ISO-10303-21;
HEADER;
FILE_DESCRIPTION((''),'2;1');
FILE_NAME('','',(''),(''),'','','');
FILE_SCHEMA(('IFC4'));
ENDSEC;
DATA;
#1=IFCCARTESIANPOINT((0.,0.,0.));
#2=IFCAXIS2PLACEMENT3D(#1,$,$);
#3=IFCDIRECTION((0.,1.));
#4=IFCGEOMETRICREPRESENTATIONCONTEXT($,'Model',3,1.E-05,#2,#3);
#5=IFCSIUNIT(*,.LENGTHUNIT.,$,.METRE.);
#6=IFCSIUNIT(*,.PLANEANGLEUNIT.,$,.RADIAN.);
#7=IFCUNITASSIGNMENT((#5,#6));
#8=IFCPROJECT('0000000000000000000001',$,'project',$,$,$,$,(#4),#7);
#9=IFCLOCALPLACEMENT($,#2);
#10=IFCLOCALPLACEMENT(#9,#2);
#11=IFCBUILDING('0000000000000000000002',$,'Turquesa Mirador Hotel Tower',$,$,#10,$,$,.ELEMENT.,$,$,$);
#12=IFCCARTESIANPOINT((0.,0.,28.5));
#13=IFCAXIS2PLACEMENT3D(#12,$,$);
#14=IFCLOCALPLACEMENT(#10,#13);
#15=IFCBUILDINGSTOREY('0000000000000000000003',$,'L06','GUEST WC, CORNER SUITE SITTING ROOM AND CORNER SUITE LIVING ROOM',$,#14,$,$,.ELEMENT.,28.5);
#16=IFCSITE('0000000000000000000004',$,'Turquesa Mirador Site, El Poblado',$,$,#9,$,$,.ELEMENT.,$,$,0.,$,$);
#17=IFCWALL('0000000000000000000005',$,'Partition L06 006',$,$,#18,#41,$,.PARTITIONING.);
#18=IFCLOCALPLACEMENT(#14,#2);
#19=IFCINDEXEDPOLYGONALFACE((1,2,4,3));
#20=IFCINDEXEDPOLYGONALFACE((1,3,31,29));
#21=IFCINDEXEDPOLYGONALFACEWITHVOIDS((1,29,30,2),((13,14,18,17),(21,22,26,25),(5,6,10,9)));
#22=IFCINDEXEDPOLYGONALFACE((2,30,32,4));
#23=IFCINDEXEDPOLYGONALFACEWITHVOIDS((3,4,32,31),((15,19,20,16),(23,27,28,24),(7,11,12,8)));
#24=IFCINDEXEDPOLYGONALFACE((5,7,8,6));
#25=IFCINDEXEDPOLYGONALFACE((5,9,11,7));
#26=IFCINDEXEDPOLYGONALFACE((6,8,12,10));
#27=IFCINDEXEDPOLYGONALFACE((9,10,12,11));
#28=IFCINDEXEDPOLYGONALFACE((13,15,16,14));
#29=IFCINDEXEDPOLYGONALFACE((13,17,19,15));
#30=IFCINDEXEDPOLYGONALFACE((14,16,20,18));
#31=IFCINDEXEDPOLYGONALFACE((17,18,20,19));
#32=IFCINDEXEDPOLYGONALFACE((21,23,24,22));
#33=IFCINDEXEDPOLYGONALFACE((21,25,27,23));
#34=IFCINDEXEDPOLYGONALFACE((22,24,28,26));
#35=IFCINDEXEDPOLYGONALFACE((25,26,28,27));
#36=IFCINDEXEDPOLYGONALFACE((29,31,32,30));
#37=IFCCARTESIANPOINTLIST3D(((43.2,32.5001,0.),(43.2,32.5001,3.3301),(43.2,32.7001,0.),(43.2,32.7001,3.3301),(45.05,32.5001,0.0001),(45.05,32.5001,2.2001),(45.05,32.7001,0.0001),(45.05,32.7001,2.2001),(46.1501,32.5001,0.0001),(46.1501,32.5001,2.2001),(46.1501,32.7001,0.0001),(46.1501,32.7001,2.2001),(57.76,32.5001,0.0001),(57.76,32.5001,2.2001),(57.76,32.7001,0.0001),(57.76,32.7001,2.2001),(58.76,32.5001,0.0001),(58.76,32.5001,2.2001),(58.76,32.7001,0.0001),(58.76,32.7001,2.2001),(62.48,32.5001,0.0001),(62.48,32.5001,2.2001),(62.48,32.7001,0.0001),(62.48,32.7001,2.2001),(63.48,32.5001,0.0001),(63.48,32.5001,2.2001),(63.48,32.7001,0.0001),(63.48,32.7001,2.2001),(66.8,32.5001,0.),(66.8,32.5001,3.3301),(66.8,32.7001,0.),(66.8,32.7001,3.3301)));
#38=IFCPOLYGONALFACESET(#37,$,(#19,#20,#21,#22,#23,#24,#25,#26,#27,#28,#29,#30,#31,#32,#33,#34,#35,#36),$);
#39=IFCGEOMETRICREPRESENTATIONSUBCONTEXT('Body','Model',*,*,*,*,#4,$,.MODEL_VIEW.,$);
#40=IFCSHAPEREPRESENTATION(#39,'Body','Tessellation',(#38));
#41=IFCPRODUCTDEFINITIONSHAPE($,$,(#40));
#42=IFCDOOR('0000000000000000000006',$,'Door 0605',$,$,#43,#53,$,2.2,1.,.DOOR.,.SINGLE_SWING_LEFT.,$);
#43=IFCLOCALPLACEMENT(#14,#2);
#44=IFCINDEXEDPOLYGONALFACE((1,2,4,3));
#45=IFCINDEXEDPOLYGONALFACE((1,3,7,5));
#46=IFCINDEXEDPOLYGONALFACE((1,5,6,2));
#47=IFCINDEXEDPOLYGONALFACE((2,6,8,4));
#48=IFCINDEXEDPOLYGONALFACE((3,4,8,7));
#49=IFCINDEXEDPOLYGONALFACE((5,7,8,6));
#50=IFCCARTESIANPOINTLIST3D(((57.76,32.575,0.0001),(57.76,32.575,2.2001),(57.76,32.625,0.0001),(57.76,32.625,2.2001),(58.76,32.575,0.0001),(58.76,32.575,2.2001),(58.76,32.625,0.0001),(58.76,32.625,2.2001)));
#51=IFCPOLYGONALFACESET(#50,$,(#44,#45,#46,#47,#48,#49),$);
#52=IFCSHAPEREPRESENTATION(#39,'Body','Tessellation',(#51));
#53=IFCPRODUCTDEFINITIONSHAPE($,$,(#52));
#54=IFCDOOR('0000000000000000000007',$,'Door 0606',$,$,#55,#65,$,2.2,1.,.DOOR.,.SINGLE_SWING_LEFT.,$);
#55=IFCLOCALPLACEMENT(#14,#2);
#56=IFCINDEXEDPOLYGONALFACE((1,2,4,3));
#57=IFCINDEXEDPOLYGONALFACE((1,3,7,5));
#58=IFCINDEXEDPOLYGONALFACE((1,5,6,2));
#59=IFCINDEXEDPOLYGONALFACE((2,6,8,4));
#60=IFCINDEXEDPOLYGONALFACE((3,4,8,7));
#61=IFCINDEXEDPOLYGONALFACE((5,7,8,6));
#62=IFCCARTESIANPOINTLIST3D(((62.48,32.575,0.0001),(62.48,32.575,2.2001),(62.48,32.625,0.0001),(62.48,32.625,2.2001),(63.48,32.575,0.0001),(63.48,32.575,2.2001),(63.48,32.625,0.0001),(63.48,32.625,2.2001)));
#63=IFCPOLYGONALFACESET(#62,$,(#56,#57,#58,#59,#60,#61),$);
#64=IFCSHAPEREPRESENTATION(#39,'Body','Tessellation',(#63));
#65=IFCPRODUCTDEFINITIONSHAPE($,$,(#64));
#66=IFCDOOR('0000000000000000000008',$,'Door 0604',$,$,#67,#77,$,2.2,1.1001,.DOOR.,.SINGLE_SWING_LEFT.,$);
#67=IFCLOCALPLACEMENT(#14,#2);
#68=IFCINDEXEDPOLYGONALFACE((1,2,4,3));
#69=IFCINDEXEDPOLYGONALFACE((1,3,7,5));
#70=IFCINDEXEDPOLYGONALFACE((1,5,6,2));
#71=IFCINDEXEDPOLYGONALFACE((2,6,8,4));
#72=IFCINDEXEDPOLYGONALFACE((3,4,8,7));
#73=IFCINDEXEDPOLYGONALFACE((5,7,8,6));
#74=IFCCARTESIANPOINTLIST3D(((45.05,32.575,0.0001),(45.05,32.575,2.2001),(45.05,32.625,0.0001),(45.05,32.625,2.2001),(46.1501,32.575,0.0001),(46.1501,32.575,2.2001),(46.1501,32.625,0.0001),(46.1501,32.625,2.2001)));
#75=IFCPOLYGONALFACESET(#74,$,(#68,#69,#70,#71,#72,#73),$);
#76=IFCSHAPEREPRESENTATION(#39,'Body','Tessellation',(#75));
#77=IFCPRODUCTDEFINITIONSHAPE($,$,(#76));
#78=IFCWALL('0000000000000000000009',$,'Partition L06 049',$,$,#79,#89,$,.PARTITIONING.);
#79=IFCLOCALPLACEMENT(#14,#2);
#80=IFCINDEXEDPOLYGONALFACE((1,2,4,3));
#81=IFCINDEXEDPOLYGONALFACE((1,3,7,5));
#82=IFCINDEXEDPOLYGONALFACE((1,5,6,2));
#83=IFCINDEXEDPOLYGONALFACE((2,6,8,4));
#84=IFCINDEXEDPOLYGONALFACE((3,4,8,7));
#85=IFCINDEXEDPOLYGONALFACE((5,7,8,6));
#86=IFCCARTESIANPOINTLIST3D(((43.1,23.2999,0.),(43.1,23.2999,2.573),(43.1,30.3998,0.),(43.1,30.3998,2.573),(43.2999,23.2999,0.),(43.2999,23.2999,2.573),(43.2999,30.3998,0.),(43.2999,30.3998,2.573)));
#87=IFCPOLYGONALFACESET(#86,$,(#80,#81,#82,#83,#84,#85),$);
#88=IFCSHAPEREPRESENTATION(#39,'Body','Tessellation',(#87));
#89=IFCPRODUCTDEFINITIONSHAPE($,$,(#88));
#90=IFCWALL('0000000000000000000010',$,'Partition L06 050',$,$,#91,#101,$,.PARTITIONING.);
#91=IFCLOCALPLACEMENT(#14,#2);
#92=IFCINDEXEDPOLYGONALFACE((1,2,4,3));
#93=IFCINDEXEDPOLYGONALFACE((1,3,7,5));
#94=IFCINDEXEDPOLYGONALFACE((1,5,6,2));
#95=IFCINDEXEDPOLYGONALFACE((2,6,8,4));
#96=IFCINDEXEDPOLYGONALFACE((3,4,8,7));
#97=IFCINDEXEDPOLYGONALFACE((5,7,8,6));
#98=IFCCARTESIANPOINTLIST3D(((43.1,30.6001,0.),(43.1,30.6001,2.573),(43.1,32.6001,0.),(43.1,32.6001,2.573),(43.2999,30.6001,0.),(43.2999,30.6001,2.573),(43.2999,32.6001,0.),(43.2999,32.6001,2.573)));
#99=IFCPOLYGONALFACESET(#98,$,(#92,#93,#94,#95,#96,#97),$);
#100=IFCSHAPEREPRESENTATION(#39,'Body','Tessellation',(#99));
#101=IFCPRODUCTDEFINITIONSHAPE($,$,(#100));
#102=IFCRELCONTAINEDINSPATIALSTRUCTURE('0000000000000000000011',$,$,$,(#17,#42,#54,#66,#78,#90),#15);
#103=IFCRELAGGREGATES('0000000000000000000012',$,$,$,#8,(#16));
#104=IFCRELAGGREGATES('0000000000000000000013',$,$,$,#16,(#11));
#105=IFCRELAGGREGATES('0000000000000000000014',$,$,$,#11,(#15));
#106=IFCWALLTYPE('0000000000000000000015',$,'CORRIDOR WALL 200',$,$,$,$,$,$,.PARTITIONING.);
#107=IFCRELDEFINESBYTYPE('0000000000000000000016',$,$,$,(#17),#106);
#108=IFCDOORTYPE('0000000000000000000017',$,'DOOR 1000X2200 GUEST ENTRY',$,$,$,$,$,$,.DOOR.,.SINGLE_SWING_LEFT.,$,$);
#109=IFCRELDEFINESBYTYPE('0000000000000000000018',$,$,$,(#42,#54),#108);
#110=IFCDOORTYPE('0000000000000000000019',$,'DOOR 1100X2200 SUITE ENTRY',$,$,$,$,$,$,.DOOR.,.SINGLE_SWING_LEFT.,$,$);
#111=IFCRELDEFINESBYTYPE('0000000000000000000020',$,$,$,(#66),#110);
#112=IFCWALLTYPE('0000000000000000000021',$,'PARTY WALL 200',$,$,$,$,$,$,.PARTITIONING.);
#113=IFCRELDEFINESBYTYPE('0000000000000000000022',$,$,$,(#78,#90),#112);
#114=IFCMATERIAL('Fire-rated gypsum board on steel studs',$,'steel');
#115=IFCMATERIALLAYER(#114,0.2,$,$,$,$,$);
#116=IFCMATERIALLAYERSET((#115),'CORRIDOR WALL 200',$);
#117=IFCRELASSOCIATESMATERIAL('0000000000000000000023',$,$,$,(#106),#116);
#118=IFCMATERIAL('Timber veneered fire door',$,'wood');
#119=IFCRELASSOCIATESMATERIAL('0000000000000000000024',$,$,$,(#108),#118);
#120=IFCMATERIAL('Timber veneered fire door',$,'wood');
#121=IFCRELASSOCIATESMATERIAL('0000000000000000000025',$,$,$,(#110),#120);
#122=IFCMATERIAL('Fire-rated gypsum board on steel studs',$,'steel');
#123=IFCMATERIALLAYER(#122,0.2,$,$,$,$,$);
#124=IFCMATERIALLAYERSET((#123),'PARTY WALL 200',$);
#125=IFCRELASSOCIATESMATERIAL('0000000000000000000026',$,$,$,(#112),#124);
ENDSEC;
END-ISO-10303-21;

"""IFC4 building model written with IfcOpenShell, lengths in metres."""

from ifc_helpers import new_model, si_unit, direction, frame, frame_2d, origin, place, context, subcontext, project, spatial, rectangle, extrude, material, layer, layer_set, type_object, element, fill, save


model = new_model("IFC4")

# Units and contexts
model_context = context("Model", 3, precision=1e-05, world=origin(), true_north=direction((0.0, 1.0)))
body_context = subcontext(model_context, "Body", "Model", "MODEL_VIEW")
ifc_project = project(units=[si_unit("LENGTHUNIT", "METRE"), si_unit("PLANEANGLEUNIT", "RADIAN")], contexts=[model_context])

# Site, building, storey
site_placement = place(None, origin())
site = spatial("IfcSite", under=ifc_project, at=site_placement, Name="Turquesa Mirador Site, El Poblado", CompositionType="ELEMENT", RefElevation=0.0)
building_placement = place(site_placement, origin())
building = spatial("IfcBuilding", under=site, at=building_placement, Name="Turquesa Mirador Hotel Tower", CompositionType="ELEMENT")
storey_placement = place(building_placement, frame((0.0, 0.0, 28.5)))
storey = spatial("IfcBuildingStorey", under=building, at=storey_placement, Name="L06", Description="GUEST WC, CORNER SUITE SITTING ROOM AND CORNER SUITE LIVING ROOM", CompositionType="ELEMENT", Elevation=28.5)

# Wall, openings, doors
ifc_material_1 = material(Name="Fire-rated gypsum board on steel studs", Category="steel")
ifc_layer_1 = layer(ifc_material_1, 0.2)
ifc_layer_set_1 = layer_set([ifc_layer_1], Name="CORRIDOR WALL 200")
wall_type_1 = type_object("IfcWallType", Name="CORRIDOR WALL 200", PredefinedType="PARTITIONING", material=ifc_layer_set_1)
wall_1_placement = place(storey_placement, frame((43.2, 32.6001, 0.0), z_axis=(0.0, 0.0, 1.0), x_axis=(1.0, 0.0, 0.0)))
wall_1 = element("IfcWall", 1, at=wall_1_placement, inside=storey, type_object=wall_type_1, Name="Partition L06 006", PredefinedType="PARTITIONING", context=body_context, shape_type="SweptSolid", body=[
    extrude(rectangle(XDim=23.6001, YDim=0.2, at=frame_2d((11.8, 0.0))), origin(), (0.0, 0.0, 1.0), 3.3301),
])
opening_1_placement = place(wall_1_placement, frame((1.8501, 0.0, 0.0)))
opening_1 = element("IfcOpeningElement", 2, at=opening_1_placement, cuts=wall_1, PredefinedType="OPENING", context=body_context, shape_type="SweptSolid", body=[
    extrude(rectangle(XDim=1.1001, YDim=2.2, at=frame_2d((0.55, 1.1001))), frame((0.0, 0.1099, 0.0), z_axis=(0.0, -1.0, 0.0), x_axis=(1.0, 0.0, 0.0)), (0.0, 0.0, 1.0), 0.22),
])
opening_2_placement = place(wall_1_placement, frame((14.5601, 0.0, 0.0)))
opening_2 = element("IfcOpeningElement", 3, at=opening_2_placement, cuts=wall_1, PredefinedType="OPENING", context=body_context, shape_type="SweptSolid", body=[
    extrude(rectangle(XDim=1.0, YDim=2.2, at=frame_2d((0.5, 1.1001))), frame((0.0, 0.1099, 0.0), z_axis=(0.0, -1.0, 0.0), x_axis=(1.0, 0.0, 0.0)), (0.0, 0.0, 1.0), 0.22),
])
opening_3_placement = place(wall_1_placement, frame((19.28, 0.0, 0.0)))
opening_3 = element("IfcOpeningElement", 4, at=opening_3_placement, cuts=wall_1, PredefinedType="OPENING", context=body_context, shape_type="SweptSolid", body=[
    extrude(rectangle(XDim=1.0, YDim=2.2, at=frame_2d((0.5, 1.1001))), frame((0.0, 0.1099, 0.0), z_axis=(0.0, -1.0, 0.0), x_axis=(1.0, 0.0, 0.0)), (0.0, 0.0, 1.0), 0.22),
])
ifc_material_2 = material(Name="Timber veneered fire door", Category="wood")
door_type_1 = type_object("IfcDoorType", Name="DOOR 1000X2200 GUEST ENTRY", OperationType="SINGLE_SWING_LEFT", PredefinedType="DOOR", material=ifc_material_2)
door_1_placement = place(opening_2_placement, origin())
door_1 = element("IfcDoor", 5, at=door_1_placement, inside=storey, type_object=door_type_1, Name="Door 0605", OperationType="SINGLE_SWING_LEFT", OverallHeight=2.2, OverallWidth=1.0, PredefinedType="DOOR", context=body_context, shape_type="SweptSolid", body=[
    extrude(rectangle(XDim=1.0, YDim=2.2, at=frame_2d((0.5, 1.1001))), frame((0.0, 0.0249, 0.0), z_axis=(0.0, -1.0, 0.0), x_axis=(1.0, 0.0, 0.0)), (0.0, 0.0, 1.0), 0.05),
])
fill(opening_2, door_1)
door_2_placement = place(opening_3_placement, origin())
door_2 = element("IfcDoor", 6, at=door_2_placement, inside=storey, type_object=door_type_1, Name="Door 0606", OperationType="SINGLE_SWING_LEFT", OverallHeight=2.2, OverallWidth=1.0, PredefinedType="DOOR", context=body_context, shape_type="SweptSolid", body=[
    extrude(rectangle(XDim=1.0, YDim=2.2, at=frame_2d((0.5, 1.1001))), frame((0.0, 0.0249, 0.0), z_axis=(0.0, -1.0, 0.0), x_axis=(1.0, 0.0, 0.0)), (0.0, 0.0, 1.0), 0.05),
])
fill(opening_3, door_2)
ifc_material_3 = material(Name="Timber veneered fire door", Category="wood")
door_type_2 = type_object("IfcDoorType", Name="DOOR 1100X2200 SUITE ENTRY", OperationType="SINGLE_SWING_LEFT", PredefinedType="DOOR", material=ifc_material_3)
door_3_placement = place(opening_1_placement, origin())
door_3 = element("IfcDoor", 7, at=door_3_placement, inside=storey, type_object=door_type_2, Name="Door 0604", OperationType="SINGLE_SWING_LEFT", OverallHeight=2.2, OverallWidth=1.1001, PredefinedType="DOOR", context=body_context, shape_type="SweptSolid", body=[
    extrude(rectangle(XDim=1.1001, YDim=2.2, at=frame_2d((0.55, 1.1001))), frame((0.0, 0.0249, 0.0), z_axis=(0.0, -1.0, 0.0), x_axis=(1.0, 0.0, 0.0)), (0.0, 0.0, 1.0), 0.05),
])
fill(opening_1, door_3)

# Walls
ifc_material_4 = material(Name="Fire-rated gypsum board on steel studs", Category="steel")
ifc_layer_2 = layer(ifc_material_4, 0.2)
ifc_layer_set_2 = layer_set([ifc_layer_2], Name="PARTY WALL 200")
wall_type_2 = type_object("IfcWallType", Name="PARTY WALL 200", PredefinedType="PARTITIONING", material=ifc_layer_set_2)
wall_2_placement = place(storey_placement, frame((43.2, 23.3, 0.0), z_axis=(0.0, 0.0, 1.0), x_axis=(0.0, 1.0, 0.0)))
element("IfcWall", 8, at=wall_2_placement, inside=storey, type_object=wall_type_2, Name="Partition L06 049", PredefinedType="PARTITIONING", context=body_context, shape_type="SweptSolid", body=[
    extrude(rectangle(XDim=7.0999, YDim=0.2, at=frame_2d((3.5498, 0.0))), origin(), (0.0, 0.0, 1.0), 2.573),
])
wall_3_placement = place(storey_placement, frame((43.2, 30.6001, 0.0), z_axis=(0.0, 0.0, 1.0), x_axis=(0.0, 1.0, 0.0)))
element("IfcWall", 9, at=wall_3_placement, inside=storey, type_object=wall_type_2, Name="Partition L06 050", PredefinedType="PARTITIONING", context=body_context, shape_type="SweptSolid", body=[
    extrude(rectangle(XDim=2.0, YDim=0.2, at=frame_2d((1.0, 0.0))), origin(), (0.0, 0.0, 1.0), 2.573),
])

save(model, "model.ifc")
